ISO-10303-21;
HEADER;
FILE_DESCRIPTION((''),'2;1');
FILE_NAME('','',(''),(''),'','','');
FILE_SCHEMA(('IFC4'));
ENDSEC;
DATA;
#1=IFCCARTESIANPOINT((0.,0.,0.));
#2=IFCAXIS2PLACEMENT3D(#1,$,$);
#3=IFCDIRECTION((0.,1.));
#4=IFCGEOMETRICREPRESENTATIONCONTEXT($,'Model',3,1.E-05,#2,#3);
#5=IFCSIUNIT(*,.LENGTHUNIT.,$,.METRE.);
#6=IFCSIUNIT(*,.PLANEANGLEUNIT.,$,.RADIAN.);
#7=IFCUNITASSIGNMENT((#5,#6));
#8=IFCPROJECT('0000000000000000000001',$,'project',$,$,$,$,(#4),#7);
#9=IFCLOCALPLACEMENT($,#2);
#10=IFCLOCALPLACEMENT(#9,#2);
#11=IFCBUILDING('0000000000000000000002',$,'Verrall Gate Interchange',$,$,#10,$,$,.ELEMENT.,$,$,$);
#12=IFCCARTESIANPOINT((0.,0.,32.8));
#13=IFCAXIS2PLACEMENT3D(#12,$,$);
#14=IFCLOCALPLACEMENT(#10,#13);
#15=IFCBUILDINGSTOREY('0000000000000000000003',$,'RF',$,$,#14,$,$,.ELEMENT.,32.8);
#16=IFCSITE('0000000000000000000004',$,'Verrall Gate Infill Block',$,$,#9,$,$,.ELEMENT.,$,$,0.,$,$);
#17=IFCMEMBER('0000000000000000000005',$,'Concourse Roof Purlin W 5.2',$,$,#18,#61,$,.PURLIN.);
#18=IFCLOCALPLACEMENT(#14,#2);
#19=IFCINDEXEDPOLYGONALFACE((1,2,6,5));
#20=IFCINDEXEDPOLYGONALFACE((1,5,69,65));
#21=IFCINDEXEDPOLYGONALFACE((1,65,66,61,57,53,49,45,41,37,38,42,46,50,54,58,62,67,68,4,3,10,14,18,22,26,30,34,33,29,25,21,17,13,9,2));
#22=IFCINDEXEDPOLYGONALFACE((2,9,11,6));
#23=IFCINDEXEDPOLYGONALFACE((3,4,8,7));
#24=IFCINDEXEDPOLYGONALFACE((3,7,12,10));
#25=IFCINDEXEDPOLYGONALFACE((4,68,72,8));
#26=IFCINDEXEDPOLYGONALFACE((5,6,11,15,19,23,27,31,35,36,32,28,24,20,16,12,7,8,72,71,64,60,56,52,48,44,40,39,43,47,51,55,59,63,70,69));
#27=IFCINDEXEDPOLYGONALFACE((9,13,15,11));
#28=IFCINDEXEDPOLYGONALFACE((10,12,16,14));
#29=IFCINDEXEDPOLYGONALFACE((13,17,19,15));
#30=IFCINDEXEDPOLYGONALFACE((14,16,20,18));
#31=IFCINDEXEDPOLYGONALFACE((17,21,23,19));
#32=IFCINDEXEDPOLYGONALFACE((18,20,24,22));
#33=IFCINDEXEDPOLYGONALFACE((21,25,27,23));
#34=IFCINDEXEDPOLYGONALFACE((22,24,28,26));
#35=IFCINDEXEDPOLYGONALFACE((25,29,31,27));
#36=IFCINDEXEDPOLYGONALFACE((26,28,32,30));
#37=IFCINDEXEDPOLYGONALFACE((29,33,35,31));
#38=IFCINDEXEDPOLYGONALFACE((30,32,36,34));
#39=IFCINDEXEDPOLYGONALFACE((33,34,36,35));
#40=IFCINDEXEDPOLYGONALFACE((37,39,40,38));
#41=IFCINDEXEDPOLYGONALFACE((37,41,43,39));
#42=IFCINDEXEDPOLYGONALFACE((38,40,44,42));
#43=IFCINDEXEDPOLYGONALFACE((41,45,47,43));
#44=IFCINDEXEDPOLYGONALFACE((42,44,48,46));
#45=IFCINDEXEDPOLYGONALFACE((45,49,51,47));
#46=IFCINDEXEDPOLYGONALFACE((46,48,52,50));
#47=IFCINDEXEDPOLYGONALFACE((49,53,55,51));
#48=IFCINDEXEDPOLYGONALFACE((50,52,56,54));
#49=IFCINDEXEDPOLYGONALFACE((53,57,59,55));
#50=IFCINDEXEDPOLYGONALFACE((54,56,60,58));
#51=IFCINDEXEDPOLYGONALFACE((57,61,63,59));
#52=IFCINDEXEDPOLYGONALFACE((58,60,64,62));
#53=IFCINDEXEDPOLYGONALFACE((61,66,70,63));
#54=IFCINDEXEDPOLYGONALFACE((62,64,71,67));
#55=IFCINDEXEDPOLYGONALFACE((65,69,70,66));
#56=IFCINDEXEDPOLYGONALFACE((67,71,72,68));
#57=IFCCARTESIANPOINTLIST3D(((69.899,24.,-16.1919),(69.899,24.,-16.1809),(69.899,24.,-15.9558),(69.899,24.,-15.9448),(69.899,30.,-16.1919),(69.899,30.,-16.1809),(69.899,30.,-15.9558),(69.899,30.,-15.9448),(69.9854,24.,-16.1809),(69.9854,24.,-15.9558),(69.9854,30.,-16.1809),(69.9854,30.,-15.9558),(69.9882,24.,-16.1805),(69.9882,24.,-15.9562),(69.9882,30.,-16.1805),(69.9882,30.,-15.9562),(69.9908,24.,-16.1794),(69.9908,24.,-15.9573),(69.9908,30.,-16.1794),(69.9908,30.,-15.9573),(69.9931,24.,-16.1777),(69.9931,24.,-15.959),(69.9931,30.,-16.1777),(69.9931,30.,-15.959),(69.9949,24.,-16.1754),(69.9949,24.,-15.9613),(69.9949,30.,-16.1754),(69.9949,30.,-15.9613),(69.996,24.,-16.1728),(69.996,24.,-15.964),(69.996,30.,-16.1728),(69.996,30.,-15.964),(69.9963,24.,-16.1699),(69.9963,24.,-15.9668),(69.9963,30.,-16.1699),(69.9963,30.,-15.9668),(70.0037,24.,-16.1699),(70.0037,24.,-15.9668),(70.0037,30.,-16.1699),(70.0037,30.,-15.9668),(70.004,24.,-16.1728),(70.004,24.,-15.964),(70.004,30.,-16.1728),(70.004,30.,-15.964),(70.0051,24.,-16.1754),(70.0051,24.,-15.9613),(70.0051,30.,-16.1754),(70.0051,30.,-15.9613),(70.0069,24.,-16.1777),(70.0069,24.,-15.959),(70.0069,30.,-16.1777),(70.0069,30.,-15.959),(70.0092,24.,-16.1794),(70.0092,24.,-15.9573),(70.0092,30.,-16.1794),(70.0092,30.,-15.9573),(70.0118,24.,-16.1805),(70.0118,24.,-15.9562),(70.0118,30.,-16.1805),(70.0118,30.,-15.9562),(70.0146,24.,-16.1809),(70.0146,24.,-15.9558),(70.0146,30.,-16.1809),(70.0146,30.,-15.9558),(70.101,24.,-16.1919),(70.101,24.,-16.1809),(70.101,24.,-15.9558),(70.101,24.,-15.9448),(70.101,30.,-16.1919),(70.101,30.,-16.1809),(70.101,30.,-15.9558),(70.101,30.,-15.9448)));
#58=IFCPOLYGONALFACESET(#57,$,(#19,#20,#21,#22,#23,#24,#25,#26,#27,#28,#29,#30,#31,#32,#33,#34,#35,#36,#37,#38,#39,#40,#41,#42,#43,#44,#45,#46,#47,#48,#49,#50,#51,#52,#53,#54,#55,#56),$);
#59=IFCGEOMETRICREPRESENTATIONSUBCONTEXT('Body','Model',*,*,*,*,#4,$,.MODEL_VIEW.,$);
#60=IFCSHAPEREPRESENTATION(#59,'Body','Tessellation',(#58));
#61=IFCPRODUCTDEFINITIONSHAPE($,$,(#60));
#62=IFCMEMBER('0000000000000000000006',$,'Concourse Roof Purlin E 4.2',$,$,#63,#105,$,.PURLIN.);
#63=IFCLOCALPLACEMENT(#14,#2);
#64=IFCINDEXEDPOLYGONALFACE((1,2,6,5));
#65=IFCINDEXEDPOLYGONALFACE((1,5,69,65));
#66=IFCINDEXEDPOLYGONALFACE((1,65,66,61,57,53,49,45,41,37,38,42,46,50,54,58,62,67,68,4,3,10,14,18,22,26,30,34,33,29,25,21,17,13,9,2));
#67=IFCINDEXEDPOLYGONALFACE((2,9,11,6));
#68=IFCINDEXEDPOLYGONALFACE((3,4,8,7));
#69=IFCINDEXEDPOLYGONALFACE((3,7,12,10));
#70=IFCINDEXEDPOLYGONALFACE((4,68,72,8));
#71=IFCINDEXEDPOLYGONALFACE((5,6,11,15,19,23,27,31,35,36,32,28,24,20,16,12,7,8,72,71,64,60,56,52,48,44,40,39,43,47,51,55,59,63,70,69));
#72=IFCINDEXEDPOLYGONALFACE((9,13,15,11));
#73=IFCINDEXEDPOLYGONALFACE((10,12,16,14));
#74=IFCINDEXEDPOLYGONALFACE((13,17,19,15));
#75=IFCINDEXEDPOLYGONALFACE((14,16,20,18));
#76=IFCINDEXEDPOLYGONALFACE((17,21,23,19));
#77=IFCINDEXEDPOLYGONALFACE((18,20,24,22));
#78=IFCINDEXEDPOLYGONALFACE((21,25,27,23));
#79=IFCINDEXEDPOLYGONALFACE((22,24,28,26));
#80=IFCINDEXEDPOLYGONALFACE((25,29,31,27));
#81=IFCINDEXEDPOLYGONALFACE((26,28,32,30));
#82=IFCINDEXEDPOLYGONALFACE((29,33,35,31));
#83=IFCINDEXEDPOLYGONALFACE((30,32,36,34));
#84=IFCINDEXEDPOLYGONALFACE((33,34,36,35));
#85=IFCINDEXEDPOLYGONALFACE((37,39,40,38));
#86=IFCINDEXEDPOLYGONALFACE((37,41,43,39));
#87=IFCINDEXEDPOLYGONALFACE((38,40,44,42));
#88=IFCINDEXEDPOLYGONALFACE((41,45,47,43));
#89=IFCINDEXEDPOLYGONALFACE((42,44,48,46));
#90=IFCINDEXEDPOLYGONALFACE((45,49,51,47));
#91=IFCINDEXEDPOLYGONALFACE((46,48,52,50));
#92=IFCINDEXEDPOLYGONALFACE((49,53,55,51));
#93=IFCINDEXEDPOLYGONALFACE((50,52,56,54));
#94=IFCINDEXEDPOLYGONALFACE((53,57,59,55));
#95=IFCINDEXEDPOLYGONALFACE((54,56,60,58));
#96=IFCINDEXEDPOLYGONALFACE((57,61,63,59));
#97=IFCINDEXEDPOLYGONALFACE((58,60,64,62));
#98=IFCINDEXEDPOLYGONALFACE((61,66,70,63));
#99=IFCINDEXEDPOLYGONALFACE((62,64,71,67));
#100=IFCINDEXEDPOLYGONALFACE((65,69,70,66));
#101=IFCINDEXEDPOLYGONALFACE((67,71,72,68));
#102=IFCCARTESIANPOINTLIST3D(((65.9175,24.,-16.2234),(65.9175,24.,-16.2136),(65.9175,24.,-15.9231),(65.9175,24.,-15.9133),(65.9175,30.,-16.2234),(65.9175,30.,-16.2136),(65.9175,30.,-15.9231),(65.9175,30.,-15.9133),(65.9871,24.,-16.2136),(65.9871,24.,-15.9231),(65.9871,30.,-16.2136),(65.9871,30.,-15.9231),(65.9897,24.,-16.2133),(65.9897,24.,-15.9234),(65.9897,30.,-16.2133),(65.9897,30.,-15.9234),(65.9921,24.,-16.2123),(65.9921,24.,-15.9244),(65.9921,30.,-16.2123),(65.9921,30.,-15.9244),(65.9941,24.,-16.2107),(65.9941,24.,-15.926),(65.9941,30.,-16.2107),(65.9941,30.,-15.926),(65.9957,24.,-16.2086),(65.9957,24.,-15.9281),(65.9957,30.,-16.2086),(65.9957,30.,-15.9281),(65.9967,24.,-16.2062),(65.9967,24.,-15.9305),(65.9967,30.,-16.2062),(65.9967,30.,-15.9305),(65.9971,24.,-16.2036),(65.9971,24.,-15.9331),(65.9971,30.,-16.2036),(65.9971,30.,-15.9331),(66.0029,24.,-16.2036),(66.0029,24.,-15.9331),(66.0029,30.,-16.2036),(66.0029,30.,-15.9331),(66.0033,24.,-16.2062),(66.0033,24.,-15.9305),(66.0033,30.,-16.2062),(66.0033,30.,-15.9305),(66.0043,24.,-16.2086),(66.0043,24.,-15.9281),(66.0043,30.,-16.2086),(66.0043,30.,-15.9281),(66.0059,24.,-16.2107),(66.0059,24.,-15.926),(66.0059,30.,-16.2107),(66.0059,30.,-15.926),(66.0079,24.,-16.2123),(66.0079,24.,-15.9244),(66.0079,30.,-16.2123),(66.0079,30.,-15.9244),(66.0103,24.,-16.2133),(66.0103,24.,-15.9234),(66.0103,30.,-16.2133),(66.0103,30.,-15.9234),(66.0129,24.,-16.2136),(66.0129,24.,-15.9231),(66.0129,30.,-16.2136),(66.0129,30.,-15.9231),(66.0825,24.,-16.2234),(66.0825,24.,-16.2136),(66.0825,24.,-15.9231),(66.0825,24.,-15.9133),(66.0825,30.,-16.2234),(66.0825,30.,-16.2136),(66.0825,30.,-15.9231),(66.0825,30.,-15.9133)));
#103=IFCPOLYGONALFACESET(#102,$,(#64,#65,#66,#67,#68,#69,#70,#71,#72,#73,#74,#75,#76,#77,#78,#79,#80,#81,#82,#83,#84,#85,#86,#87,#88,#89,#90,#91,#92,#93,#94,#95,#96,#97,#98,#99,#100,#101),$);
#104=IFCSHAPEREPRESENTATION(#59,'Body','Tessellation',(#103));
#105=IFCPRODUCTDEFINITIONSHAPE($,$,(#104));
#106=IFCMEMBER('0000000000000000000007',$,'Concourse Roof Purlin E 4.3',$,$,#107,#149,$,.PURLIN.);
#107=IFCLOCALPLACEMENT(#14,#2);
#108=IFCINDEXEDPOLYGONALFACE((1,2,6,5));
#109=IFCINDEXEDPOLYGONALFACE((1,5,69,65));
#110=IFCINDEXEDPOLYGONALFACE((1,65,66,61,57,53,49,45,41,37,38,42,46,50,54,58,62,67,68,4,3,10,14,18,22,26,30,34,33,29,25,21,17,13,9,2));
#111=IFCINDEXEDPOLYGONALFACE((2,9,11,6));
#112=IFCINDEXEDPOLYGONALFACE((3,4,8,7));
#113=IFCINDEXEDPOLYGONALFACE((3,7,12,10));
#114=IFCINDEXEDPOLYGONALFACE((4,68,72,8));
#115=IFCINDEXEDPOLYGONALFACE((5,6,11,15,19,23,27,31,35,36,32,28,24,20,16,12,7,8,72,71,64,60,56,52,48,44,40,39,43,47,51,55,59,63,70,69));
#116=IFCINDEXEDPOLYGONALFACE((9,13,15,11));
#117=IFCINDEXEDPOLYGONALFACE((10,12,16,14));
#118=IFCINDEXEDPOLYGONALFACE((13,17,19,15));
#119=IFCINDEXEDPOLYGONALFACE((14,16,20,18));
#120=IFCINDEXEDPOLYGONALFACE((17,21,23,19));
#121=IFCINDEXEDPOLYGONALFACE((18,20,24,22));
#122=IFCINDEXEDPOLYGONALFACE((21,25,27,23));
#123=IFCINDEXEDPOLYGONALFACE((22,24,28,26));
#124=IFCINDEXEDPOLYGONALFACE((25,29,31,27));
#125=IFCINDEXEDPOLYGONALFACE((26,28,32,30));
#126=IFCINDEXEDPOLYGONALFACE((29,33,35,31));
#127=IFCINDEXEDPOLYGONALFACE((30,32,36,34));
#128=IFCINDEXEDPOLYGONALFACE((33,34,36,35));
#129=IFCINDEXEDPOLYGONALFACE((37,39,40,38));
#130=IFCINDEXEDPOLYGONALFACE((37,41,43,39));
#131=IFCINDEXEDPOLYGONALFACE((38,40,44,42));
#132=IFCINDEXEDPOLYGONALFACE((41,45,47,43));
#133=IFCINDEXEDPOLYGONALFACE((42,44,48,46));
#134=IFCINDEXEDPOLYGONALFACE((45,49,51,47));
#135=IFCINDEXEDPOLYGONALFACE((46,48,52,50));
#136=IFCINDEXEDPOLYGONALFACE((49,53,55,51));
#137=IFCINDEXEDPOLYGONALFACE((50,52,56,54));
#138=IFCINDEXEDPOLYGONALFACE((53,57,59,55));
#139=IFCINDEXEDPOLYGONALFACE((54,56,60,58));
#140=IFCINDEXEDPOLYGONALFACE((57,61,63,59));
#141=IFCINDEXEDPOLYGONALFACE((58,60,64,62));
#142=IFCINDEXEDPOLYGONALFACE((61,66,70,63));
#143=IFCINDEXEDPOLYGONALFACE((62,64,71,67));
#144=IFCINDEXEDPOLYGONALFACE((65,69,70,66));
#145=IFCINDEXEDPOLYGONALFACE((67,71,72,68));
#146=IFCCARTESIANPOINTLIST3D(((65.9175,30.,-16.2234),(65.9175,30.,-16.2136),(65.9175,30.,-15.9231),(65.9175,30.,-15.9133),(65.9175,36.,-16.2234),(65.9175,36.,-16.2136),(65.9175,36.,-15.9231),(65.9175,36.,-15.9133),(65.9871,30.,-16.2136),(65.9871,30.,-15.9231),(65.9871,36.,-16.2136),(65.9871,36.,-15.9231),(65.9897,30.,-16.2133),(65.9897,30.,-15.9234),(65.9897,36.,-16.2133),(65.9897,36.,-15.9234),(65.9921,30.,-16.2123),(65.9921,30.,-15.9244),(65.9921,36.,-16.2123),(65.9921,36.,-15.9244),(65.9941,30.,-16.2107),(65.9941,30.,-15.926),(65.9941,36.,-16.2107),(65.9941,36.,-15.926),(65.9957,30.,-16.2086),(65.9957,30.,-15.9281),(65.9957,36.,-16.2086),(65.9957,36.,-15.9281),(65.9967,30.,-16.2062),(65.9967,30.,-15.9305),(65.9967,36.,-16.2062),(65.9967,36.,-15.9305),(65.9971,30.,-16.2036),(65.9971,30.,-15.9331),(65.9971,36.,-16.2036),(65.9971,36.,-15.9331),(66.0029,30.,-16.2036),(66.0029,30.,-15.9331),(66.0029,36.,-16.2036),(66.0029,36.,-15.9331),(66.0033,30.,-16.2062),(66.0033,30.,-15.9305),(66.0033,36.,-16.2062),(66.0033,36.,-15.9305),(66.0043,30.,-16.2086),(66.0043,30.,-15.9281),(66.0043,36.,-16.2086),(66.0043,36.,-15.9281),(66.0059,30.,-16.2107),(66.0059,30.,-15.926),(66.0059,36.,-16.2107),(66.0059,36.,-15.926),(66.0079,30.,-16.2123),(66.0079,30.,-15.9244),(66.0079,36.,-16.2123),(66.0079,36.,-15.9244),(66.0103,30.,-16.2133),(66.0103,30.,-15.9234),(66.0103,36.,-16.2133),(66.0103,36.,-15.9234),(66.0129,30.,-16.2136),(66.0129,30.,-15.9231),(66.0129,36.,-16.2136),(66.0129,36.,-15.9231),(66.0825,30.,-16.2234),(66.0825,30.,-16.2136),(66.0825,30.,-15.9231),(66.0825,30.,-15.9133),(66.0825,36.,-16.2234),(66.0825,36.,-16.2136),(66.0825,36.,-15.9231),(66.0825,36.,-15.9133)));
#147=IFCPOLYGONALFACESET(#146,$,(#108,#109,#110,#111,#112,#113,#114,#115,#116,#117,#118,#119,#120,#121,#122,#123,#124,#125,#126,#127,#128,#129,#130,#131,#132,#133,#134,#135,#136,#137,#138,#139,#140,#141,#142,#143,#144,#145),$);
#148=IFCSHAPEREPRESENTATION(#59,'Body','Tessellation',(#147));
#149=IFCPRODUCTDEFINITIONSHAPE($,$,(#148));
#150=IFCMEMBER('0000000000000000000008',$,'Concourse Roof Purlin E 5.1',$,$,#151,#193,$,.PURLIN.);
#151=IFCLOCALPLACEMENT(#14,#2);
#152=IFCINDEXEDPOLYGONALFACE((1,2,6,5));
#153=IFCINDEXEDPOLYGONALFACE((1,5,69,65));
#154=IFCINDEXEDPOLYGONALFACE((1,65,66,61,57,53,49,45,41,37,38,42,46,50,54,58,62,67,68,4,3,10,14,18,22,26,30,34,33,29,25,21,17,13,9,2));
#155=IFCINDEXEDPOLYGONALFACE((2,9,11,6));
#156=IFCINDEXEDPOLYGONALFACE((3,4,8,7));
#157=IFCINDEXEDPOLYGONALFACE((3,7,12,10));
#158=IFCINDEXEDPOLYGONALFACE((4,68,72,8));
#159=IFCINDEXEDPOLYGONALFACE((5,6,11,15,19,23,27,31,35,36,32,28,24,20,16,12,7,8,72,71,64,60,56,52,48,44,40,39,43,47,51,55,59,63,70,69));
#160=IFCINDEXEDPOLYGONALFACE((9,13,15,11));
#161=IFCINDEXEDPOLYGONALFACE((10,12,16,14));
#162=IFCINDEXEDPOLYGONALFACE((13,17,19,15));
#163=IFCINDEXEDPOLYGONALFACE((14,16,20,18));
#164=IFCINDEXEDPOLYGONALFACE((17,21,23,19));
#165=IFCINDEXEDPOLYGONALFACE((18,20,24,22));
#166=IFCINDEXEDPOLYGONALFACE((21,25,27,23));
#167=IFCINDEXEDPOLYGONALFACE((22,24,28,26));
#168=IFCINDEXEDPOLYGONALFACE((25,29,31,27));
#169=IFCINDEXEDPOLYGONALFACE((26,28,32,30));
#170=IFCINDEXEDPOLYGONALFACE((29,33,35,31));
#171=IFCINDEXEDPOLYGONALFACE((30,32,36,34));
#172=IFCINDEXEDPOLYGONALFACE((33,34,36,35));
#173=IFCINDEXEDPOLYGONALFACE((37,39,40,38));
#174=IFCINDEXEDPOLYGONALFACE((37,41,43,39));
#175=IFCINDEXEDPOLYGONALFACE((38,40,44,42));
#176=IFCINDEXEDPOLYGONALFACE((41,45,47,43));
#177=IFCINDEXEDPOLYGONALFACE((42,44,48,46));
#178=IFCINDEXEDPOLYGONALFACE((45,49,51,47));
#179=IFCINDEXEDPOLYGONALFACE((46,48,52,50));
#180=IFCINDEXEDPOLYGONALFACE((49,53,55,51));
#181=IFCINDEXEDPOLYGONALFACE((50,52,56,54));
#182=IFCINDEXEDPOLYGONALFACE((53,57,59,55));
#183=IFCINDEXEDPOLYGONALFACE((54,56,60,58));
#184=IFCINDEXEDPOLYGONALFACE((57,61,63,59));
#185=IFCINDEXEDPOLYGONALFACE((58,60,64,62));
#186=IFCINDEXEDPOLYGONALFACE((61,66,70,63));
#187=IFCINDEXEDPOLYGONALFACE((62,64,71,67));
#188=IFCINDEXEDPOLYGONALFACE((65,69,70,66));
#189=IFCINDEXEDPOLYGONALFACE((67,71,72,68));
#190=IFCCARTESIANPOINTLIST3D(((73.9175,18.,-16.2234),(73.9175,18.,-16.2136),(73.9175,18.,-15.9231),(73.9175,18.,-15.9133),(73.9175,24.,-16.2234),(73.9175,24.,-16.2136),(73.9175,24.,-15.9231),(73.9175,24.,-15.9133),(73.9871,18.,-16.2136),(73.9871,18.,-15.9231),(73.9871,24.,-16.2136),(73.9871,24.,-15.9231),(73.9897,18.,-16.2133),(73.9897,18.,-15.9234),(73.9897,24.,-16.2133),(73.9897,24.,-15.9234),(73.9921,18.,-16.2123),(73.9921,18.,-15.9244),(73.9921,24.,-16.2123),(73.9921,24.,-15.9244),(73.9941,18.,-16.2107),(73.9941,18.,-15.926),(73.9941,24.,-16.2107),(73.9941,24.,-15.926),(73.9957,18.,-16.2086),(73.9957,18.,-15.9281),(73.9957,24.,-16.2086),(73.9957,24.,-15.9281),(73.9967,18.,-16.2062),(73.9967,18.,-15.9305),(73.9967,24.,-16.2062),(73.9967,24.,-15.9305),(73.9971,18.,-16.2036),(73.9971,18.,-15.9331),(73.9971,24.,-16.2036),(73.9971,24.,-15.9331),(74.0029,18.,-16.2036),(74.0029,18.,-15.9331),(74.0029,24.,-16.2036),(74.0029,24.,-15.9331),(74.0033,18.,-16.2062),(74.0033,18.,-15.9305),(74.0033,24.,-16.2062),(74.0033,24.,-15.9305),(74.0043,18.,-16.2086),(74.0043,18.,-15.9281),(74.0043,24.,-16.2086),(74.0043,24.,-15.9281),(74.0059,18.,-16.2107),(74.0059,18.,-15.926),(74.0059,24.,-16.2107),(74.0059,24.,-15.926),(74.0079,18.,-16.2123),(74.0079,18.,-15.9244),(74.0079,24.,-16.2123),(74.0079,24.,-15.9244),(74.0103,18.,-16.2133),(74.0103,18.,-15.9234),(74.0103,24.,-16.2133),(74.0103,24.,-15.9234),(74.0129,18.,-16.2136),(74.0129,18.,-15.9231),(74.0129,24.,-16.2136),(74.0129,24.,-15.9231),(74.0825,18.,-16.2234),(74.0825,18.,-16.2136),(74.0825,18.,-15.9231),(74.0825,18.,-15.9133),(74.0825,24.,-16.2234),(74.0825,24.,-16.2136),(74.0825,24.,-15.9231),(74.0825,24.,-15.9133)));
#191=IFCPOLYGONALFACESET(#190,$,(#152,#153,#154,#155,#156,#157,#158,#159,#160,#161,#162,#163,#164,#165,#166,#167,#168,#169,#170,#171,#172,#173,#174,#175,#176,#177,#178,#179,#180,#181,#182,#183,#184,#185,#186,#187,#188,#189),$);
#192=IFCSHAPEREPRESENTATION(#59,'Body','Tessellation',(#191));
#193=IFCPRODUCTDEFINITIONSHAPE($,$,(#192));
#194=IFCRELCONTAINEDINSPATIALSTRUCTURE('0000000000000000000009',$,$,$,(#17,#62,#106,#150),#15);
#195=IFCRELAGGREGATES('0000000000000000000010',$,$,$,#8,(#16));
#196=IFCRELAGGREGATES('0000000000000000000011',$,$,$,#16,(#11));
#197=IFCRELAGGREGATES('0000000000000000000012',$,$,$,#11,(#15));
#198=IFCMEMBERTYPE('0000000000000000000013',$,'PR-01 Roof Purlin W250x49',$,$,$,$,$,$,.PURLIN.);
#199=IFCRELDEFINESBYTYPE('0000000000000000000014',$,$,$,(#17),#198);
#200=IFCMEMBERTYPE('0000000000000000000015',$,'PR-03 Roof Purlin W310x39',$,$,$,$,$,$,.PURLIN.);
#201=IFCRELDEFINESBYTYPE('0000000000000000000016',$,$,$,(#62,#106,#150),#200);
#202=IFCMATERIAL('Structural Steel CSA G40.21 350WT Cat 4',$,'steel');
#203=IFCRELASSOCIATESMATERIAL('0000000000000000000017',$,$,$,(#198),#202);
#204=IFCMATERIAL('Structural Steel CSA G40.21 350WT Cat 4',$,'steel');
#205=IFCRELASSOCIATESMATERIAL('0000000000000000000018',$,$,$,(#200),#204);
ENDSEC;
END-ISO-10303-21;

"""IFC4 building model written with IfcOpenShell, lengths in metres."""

from ifc_helpers import new_model, si_unit, direction, frame, origin, origin_2d, place, context, subcontext, project, spatial, i_section, extrude, material, material_profile, profile_set, type_object, element, save


model = new_model("IFC4")

# Units and contexts
model_context = context("Model", 3, precision=1e-05, world=origin(), true_north=direction((0.0, 1.0)))
body_context = subcontext(model_context, "Body", "Model", "MODEL_VIEW")
ifc_project = project(units=[si_unit("LENGTHUNIT", "METRE"), si_unit("PLANEANGLEUNIT", "RADIAN")], contexts=[model_context])

# Site, building, storey
site_placement = place(None, origin())
site = spatial("IfcSite", under=ifc_project, at=site_placement, Name="Verrall Gate Infill Block", CompositionType="ELEMENT", RefElevation=0.0)
building_placement = place(site_placement, origin())
building = spatial("IfcBuilding", under=site, at=building_placement, Name="Verrall Gate Interchange", CompositionType="ELEMENT")
storey_placement = place(building_placement, frame((0.0, 0.0, 32.8)))
storey = spatial("IfcBuildingStorey", under=building, at=storey_placement, Name="RF", CompositionType="ELEMENT", Elevation=32.8)

# Members
ifc_material_1 = material(Name="Structural Steel CSA G40.21 350WT Cat 4", Category="steel")
ifc_material_profile_1 = material_profile(ifc_material_1, i_section(OverallWidth=0.2019, OverallDepth=0.2471, WebThickness=0.0073, FlangeThickness=0.011, FilletRadius=0.011, at=origin_2d()), Name="W250x49")
ifc_profile_set_1 = profile_set([ifc_material_profile_1], Name="Structural Steel CSA G40.21 350WT Cat 4")
member_type_1 = type_object("IfcMemberType", Name="PR-01 Roof Purlin W250x49", PredefinedType="PURLIN", material=ifc_profile_set_1)
for number, where, z_axis, x_axis, name in (
    (1, (70.0, 24.0, -16.0684), (0.0, 1.0, 0.0), (-1.0, 0.0, 0.0), "Concourse Roof Purlin W 5.2"),
):
    element("IfcMember", number, at=place(storey_placement, frame(where, z_axis=z_axis, x_axis=x_axis)), inside=storey, type_object=member_type_1, Name=name, PredefinedType="PURLIN", context=body_context, shape_type="SweptSolid", body=[
        extrude(i_section(OverallWidth=0.2019, OverallDepth=0.2471, WebThickness=0.0073, FlangeThickness=0.011, FilletRadius=0.011, at=origin_2d()), origin(), (0.0, 0.0, 1.0), 6.0),
    ])
ifc_material_2 = material(Name="Structural Steel CSA G40.21 350WT Cat 4", Category="steel")
ifc_material_profile_2 = material_profile(ifc_material_2, i_section(OverallWidth=0.165, OverallDepth=0.3101, WebThickness=0.0059, FlangeThickness=0.0098, FilletRadius=0.01, at=origin_2d()), Name="W310x39")
ifc_profile_set_2 = profile_set([ifc_material_profile_2], Name="Structural Steel CSA G40.21 350WT Cat 4")
member_type_2 = type_object("IfcMemberType", Name="PR-03 Roof Purlin W310x39", PredefinedType="PURLIN", material=ifc_profile_set_2)
for number, where, z_axis, x_axis, name in (
    (2, (66.0, 24.0, -16.0684), (0.0, 1.0, 0.0), (-1.0, 0.0, 0.0), "Concourse Roof Purlin E 4.2"),
    (3, (66.0, 30.0, -16.0684), (0.0, 1.0, 0.0), (-1.0, 0.0, 0.0), "Concourse Roof Purlin E 4.3"),
    (4, (74.0, 18.0, -16.0684), (0.0, 1.0, 0.0), (-1.0, 0.0, 0.0), "Concourse Roof Purlin E 5.1"),
):
    element("IfcMember", number, at=place(storey_placement, frame(where, z_axis=z_axis, x_axis=x_axis)), inside=storey, type_object=member_type_2, Name=name, PredefinedType="PURLIN", context=body_context, shape_type="SweptSolid", body=[
        extrude(i_section(OverallWidth=0.165, OverallDepth=0.3101, WebThickness=0.0059, FlangeThickness=0.0098, FilletRadius=0.01, at=origin_2d()), origin(), (0.0, 0.0, 1.0), 6.0),
    ])

save(model, "model.ifc")
